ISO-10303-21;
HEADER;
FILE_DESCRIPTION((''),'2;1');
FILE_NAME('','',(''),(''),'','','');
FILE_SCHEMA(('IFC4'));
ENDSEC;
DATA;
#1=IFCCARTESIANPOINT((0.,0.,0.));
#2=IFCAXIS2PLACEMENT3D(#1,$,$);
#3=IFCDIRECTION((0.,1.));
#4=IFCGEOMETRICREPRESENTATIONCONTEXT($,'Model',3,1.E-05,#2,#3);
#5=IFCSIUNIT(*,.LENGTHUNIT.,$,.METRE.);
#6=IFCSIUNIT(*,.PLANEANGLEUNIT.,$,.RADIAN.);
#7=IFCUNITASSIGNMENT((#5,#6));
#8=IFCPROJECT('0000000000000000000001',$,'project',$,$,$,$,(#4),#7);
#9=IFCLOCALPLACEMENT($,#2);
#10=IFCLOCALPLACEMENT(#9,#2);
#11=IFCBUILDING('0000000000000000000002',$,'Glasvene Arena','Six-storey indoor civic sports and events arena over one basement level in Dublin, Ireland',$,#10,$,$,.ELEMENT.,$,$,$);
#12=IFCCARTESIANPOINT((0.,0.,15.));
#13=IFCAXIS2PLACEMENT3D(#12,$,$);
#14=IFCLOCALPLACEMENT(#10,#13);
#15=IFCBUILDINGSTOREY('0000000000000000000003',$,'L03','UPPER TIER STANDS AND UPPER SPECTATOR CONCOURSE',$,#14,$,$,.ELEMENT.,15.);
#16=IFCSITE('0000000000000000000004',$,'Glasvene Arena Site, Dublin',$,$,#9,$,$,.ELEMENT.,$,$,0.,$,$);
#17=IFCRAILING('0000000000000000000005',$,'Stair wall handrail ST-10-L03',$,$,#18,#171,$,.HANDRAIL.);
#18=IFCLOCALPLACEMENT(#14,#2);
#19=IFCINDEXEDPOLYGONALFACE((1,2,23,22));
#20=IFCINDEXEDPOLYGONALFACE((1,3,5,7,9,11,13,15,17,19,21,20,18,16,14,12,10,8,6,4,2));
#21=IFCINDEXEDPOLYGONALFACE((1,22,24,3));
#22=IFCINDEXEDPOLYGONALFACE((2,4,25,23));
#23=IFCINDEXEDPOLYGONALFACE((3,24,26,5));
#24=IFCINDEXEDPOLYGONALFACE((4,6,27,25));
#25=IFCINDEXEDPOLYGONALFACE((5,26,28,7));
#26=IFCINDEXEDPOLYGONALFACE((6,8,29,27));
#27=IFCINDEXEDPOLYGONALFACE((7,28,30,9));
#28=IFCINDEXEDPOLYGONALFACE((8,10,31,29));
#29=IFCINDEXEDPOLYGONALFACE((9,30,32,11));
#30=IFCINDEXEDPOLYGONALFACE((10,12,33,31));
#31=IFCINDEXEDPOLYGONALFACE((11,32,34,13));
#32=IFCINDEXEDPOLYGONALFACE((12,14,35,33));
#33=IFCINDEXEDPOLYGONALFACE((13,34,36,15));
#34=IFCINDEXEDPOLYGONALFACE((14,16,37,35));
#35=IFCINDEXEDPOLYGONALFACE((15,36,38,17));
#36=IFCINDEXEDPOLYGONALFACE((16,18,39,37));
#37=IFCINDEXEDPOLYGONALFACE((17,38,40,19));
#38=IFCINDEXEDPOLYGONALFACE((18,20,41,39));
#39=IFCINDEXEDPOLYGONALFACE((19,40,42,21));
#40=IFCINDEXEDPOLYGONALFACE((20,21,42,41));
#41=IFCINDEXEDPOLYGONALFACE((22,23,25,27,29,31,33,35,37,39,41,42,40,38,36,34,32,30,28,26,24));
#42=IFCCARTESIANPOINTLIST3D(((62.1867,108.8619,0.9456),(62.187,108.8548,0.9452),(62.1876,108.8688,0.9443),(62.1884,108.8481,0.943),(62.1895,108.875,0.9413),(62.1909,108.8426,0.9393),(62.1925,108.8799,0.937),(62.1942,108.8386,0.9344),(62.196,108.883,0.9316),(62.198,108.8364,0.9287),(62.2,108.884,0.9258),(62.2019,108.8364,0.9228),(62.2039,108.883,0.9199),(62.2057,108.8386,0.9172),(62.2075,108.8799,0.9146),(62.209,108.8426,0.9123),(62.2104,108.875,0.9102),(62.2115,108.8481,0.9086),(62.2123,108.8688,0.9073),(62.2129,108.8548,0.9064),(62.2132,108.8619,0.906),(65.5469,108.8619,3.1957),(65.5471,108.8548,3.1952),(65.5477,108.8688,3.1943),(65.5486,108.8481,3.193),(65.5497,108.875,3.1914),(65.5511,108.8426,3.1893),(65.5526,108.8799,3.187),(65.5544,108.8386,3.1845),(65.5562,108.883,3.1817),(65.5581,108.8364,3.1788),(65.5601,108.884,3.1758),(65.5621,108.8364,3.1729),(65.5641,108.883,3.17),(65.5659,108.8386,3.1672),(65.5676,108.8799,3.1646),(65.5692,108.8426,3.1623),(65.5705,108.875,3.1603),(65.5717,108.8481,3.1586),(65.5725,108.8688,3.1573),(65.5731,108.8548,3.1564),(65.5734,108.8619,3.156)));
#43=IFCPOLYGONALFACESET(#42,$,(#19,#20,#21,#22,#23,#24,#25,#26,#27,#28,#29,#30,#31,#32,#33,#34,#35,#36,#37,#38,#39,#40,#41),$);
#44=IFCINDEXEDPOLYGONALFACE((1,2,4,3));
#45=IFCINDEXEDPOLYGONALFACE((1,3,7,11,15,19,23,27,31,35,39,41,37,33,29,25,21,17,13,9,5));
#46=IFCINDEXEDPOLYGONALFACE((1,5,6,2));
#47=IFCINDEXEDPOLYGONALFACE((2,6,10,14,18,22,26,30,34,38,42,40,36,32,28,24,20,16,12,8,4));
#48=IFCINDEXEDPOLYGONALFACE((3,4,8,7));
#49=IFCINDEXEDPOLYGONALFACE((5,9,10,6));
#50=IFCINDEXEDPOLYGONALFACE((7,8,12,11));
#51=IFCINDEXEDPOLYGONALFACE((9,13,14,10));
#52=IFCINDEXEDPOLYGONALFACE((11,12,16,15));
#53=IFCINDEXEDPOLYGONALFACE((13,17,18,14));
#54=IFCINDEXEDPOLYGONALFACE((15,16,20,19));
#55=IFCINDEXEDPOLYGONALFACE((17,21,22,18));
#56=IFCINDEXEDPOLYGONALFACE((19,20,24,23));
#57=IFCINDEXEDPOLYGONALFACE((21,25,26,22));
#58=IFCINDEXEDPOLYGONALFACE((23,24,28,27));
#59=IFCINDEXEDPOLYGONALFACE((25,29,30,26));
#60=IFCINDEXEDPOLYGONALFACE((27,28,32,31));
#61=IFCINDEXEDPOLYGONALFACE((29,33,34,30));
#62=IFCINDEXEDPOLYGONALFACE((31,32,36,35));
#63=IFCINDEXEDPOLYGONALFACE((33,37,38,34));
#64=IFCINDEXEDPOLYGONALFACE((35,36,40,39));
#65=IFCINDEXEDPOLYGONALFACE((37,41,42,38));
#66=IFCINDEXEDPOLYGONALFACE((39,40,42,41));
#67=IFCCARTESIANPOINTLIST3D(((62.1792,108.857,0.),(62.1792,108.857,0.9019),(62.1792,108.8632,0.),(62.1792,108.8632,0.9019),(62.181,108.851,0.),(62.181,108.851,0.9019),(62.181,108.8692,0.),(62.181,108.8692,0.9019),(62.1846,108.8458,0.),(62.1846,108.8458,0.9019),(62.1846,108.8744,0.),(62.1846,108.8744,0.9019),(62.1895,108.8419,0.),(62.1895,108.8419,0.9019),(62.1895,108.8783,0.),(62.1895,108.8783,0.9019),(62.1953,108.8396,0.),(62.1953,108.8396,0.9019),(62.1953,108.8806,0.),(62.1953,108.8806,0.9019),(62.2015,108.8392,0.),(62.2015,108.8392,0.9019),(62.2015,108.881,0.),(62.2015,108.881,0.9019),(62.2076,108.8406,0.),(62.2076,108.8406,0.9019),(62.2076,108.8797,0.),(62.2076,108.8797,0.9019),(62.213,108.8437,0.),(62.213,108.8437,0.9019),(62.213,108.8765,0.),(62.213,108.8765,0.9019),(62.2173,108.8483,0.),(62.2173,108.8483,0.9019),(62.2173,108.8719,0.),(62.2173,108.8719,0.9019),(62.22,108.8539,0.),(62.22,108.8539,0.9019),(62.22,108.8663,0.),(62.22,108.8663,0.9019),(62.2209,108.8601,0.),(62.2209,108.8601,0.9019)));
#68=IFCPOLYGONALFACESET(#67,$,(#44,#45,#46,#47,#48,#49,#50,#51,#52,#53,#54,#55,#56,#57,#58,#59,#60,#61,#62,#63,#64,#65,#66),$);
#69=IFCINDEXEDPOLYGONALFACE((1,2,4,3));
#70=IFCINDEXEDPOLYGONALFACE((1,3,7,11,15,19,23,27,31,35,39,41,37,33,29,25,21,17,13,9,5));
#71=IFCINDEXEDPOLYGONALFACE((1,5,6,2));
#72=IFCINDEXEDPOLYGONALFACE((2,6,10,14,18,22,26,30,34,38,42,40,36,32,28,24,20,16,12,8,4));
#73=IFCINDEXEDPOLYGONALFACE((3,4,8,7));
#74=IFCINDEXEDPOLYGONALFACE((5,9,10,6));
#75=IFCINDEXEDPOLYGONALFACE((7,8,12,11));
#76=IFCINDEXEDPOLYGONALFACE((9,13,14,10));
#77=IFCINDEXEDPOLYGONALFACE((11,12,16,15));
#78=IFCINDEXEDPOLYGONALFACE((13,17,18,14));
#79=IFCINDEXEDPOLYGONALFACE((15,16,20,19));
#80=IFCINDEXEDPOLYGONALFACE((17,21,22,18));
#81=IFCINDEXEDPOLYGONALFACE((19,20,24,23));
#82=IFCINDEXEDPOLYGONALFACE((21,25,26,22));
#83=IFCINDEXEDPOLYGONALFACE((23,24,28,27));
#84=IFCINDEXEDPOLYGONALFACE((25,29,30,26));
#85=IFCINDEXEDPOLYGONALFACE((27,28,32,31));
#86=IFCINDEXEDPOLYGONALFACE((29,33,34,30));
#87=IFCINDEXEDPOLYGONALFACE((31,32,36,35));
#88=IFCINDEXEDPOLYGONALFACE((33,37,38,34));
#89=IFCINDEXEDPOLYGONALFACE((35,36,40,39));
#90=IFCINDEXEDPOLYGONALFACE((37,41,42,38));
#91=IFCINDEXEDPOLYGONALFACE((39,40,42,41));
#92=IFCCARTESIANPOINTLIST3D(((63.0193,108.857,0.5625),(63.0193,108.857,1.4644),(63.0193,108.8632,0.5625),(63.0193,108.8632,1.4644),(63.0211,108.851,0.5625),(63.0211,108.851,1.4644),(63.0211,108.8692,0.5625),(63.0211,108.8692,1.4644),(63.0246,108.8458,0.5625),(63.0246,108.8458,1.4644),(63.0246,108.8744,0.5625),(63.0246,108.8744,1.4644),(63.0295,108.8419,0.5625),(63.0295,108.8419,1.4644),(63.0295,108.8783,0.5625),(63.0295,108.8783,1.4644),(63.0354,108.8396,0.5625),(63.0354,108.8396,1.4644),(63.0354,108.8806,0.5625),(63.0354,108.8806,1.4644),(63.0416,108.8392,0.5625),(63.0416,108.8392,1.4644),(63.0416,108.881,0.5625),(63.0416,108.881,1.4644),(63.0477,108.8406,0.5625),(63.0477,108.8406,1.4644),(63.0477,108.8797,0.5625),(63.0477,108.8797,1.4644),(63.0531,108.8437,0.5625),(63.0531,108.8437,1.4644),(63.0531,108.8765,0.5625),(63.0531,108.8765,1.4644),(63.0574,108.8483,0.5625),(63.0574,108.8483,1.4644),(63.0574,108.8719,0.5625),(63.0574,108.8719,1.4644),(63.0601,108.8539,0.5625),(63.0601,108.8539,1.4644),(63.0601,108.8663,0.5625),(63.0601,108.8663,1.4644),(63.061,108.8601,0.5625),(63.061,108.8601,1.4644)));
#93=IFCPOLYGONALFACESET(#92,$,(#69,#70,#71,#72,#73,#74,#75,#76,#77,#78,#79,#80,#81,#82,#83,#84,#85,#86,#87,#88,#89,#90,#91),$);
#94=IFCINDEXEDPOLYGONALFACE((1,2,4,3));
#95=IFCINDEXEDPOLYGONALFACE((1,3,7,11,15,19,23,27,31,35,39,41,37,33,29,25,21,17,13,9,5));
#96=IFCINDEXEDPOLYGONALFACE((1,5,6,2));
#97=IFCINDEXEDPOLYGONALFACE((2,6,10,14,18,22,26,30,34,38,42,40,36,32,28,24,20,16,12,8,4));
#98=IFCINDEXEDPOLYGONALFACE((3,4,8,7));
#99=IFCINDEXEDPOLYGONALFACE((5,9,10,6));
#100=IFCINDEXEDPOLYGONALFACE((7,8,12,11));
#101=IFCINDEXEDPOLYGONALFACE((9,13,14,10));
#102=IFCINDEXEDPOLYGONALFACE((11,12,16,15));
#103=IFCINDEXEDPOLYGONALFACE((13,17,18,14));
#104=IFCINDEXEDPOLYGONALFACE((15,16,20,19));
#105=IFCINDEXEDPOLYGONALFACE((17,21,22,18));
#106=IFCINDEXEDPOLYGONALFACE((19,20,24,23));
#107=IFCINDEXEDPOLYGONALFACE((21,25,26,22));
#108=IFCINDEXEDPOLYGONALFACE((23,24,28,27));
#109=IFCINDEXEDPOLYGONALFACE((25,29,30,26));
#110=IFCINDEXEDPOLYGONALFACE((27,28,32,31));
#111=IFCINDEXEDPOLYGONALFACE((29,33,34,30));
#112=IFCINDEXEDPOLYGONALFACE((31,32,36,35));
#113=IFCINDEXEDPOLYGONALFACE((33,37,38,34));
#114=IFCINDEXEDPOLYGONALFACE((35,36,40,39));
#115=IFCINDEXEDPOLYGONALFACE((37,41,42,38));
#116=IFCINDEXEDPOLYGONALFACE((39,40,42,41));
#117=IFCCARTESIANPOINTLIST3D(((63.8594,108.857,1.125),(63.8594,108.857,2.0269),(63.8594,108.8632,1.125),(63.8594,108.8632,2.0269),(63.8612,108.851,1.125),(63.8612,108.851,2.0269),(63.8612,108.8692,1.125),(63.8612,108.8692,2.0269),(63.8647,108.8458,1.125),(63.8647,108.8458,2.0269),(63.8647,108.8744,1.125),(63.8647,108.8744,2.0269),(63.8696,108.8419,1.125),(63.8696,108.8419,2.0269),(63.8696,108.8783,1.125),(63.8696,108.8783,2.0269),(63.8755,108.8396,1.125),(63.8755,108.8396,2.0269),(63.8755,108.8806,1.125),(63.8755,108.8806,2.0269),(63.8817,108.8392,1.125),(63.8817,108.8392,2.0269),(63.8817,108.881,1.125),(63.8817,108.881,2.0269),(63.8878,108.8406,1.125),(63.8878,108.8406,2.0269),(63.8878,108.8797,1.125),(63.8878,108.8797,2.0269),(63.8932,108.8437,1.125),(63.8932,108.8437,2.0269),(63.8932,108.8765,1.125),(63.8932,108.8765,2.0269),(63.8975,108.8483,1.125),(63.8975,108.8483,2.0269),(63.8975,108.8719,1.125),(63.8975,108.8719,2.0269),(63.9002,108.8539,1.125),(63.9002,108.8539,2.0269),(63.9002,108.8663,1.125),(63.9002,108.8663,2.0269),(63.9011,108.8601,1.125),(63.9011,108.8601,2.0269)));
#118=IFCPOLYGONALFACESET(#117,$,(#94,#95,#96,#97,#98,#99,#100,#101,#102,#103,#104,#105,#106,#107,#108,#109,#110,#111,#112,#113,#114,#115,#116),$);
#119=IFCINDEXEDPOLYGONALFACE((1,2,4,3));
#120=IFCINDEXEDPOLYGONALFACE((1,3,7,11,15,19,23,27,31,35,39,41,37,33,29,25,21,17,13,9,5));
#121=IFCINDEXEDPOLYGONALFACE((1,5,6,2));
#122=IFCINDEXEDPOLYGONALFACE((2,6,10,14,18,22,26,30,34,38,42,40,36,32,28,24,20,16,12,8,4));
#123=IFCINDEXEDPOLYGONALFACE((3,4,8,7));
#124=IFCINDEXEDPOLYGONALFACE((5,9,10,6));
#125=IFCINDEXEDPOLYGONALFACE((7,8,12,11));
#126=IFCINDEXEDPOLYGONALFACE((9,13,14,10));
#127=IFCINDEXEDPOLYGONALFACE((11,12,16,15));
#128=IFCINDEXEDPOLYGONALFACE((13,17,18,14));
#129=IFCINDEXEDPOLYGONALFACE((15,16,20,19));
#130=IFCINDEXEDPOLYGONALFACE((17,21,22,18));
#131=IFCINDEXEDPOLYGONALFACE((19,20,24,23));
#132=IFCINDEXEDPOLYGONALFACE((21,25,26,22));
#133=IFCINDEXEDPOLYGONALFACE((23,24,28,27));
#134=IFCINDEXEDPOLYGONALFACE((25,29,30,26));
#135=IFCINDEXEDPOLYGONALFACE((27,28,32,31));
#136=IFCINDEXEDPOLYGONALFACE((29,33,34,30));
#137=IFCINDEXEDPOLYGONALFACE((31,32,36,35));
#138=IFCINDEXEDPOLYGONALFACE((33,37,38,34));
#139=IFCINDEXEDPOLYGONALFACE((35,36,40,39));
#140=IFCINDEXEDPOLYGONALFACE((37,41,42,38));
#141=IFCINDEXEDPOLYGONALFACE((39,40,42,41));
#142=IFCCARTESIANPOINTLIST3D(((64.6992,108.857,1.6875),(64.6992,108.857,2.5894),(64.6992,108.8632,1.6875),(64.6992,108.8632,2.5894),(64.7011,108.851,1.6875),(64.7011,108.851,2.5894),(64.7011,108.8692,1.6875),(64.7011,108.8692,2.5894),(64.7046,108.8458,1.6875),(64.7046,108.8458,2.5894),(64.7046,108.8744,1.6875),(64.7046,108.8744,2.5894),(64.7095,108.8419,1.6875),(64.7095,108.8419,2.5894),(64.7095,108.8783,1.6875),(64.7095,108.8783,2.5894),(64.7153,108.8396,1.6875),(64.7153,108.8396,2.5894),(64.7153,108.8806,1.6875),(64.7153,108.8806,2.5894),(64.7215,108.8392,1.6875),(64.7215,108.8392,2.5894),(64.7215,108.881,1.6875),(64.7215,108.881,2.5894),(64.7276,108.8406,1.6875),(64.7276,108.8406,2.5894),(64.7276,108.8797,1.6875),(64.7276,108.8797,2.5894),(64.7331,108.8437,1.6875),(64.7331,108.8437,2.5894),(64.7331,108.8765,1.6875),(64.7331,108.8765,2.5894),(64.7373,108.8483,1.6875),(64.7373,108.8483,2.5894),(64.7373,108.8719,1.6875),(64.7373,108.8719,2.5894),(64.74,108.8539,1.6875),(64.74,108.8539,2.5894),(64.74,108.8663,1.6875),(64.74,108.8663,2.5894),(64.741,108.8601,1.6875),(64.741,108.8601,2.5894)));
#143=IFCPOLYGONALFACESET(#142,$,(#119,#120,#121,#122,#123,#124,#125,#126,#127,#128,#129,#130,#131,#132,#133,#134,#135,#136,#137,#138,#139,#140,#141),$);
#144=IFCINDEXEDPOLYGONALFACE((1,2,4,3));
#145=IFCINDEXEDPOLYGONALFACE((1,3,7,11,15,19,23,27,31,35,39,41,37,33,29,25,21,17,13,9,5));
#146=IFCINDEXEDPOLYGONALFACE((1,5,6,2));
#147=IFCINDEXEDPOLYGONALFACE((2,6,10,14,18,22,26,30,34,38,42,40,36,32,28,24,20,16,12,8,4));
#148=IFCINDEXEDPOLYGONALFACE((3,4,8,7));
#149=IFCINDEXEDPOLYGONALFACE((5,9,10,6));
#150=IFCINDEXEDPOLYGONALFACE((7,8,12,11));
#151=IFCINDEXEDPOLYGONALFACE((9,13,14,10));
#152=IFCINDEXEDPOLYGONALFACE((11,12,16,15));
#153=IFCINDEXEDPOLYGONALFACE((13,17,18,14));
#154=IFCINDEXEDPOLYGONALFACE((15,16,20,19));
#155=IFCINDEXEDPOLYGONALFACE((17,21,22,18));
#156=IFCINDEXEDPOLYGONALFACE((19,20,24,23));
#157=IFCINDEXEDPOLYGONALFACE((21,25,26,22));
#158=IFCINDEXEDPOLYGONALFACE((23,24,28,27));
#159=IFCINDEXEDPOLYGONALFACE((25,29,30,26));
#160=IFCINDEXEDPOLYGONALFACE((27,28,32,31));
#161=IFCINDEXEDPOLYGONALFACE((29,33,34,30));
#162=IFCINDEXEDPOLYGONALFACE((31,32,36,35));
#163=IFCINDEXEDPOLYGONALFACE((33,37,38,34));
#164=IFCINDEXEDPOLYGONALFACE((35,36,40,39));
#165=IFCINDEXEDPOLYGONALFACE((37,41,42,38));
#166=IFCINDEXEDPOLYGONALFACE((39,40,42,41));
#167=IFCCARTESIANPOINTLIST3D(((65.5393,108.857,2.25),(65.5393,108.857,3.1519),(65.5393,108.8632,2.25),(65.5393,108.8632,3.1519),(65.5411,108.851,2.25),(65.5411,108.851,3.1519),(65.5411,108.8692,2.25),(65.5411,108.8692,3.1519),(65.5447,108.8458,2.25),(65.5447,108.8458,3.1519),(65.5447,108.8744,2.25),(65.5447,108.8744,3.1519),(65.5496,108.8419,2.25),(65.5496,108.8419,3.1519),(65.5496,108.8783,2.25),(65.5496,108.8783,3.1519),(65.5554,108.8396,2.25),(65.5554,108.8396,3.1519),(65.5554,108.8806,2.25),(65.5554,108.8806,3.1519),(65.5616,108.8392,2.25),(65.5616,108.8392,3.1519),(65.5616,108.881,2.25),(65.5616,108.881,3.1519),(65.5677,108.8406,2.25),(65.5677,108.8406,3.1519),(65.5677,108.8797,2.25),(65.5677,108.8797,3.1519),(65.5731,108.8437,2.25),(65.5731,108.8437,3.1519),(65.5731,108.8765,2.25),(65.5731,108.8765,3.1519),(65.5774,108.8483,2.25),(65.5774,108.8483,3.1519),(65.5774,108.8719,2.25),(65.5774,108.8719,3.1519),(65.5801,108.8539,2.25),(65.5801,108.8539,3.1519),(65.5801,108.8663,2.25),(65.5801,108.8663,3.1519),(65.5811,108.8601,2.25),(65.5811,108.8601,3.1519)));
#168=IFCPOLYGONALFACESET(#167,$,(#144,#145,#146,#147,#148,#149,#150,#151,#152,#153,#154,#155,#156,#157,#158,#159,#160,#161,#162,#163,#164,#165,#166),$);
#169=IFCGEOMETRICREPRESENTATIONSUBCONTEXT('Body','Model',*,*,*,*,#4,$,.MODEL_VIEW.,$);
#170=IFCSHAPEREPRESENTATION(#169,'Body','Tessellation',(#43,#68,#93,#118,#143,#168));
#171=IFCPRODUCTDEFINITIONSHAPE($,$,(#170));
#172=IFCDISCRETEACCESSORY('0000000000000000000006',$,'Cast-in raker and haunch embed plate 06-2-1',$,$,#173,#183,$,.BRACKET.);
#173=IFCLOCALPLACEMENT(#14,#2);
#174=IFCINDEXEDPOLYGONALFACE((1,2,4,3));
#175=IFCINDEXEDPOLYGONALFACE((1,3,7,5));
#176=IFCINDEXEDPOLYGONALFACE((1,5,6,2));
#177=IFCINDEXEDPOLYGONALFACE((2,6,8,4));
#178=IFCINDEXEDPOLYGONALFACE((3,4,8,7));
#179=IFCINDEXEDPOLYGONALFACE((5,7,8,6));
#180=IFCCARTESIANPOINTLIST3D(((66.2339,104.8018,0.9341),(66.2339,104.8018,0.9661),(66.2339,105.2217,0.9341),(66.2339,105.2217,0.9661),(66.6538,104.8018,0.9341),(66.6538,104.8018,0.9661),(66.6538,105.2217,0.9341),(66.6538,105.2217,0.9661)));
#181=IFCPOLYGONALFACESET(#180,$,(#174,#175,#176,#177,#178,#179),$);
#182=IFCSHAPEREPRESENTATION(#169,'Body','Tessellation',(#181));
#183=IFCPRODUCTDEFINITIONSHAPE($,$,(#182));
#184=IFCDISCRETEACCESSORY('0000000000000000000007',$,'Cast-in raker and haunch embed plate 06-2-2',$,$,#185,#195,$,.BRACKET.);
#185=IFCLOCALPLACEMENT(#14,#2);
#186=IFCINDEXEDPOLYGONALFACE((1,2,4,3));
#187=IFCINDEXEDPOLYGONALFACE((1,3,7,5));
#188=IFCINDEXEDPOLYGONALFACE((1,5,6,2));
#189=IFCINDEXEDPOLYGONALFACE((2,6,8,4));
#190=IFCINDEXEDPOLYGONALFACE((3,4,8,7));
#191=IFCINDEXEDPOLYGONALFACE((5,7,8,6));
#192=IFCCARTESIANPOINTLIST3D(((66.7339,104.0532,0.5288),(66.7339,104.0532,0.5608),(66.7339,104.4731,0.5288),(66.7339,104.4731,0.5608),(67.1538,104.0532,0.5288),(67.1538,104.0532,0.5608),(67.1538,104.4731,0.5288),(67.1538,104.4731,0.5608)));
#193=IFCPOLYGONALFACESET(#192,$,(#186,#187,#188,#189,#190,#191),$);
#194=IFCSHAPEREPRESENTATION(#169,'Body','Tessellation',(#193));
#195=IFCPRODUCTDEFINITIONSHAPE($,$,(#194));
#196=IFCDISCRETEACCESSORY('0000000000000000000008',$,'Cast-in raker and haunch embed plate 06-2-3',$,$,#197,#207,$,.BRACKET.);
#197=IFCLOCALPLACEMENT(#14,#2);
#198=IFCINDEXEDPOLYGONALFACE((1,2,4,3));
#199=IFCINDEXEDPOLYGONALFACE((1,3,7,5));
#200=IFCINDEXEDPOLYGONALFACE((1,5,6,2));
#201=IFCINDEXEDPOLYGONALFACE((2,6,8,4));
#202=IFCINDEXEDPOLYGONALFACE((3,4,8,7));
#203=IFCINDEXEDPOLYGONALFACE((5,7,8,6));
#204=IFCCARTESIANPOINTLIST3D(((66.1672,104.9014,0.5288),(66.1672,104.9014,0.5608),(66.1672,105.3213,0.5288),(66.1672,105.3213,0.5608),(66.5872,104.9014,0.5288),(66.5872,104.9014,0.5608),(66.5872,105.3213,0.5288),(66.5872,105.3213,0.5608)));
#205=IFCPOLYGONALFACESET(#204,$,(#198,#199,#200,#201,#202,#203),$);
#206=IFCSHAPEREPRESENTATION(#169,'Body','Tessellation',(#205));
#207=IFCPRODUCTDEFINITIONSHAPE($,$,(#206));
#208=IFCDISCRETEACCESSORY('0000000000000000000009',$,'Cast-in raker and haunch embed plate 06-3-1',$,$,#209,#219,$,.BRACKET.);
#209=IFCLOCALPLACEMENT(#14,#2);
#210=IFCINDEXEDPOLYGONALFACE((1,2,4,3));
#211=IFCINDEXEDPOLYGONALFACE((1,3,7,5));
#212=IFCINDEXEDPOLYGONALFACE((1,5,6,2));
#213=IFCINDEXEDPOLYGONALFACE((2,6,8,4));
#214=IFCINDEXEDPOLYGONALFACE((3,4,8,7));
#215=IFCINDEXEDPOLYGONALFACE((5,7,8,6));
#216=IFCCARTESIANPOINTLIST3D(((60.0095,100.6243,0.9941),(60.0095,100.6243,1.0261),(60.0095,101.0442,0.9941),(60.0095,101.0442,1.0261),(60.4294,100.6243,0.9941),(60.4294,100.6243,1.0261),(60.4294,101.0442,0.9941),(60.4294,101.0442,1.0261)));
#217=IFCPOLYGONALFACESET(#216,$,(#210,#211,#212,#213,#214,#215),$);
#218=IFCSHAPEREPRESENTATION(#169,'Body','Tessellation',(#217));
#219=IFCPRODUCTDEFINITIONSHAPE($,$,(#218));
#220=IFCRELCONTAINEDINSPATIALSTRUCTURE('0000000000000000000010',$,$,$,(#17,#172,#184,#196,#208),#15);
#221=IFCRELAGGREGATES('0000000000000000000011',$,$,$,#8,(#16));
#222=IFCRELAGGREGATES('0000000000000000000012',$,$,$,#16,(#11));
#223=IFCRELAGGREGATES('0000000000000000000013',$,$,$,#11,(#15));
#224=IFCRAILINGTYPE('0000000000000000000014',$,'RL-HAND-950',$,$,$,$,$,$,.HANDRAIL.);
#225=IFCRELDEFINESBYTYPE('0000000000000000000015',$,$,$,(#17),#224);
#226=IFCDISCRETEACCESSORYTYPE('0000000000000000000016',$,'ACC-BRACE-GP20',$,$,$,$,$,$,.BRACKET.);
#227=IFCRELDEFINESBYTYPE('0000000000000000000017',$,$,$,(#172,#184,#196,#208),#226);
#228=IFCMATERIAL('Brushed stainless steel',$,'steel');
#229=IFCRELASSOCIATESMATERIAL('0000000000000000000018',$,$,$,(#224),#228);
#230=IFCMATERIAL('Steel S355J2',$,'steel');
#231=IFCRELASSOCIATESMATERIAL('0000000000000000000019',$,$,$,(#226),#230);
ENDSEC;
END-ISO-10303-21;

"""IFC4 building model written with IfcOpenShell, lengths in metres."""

from ifc_helpers import new_model, si_unit, direction, frame, origin, origin_2d, place, context, subcontext, project, spatial, rectangle, circle, extrude, material, type_object, element, save


model = new_model("IFC4")

# Units and contexts
model_context = context("Model", 3, precision=1e-05, world=origin(), true_north=direction((0.0, 1.0)))
body_context = subcontext(model_context, "Body", "Model", "MODEL_VIEW")
ifc_project = project(units=[si_unit("LENGTHUNIT", "METRE"), si_unit("PLANEANGLEUNIT", "RADIAN")], contexts=[model_context])

# Site, building, storey
site_placement = place(None, origin())
site = spatial("IfcSite", under=ifc_project, at=site_placement, Name="Glasvene Arena Site, Dublin", CompositionType="ELEMENT", RefElevation=0.0)
building_placement = place(site_placement, origin())
building = spatial("IfcBuilding", under=site, at=building_placement, Name="Glasvene Arena", Description="Six-storey indoor civic sports and events arena over one basement level in Dublin, Ireland", CompositionType="ELEMENT")
storey_placement = place(building_placement, frame((0.0, 0.0, 15.0)))
storey = spatial("IfcBuildingStorey", under=building, at=storey_placement, Name="L03", Description="UPPER TIER STANDS AND UPPER SPECTATOR CONCOURSE", CompositionType="ELEMENT", Elevation=15.0)

# Shared definitions
ifc_material_1 = material(Name="Steel S355J2", Category="steel")

# Railing
ifc_material_2 = material(Name="Brushed stainless steel", Category="steel")
railing_type_1 = type_object("IfcRailingType", Name="RL-HAND-950", PredefinedType="HANDRAIL", material=ifc_material_2)
railing_1_placement = place(storey_placement, frame((62.2, 108.8601, 0.0)))
element("IfcRailing", 1, at=railing_1_placement, inside=storey, type_object=railing_type_1, Name="Stair wall handrail ST-10-L03", PredefinedType="HANDRAIL", context=body_context, shape_type="SweptSolid", body=[
    extrude(circle(Radius=0.0239, at=origin_2d()), frame((0.0, 0.0, 0.9258), z_axis=(0.830915, 0.0, 0.556399), x_axis=(0.0, 1.0, 0.0)), (0.0, 0.0, 1.0), 4.0439),
    extrude(circle(Radius=0.021, at=origin_2d()), origin(), (0.0, 0.0, 1.0), 0.9019),
    extrude(circle(Radius=0.021, at=origin_2d()), frame((0.8401, 0.0, 0.5625)), (0.0, 0.0, 1.0), 0.9019),
    extrude(circle(Radius=0.021, at=origin_2d()), frame((1.6802, 0.0, 1.125)), (0.0, 0.0, 1.0), 0.9019),
    extrude(circle(Radius=0.021, at=origin_2d()), frame((2.52, 0.0, 1.6875)), (0.0, 0.0, 1.0), 0.9019),
    extrude(circle(Radius=0.021, at=origin_2d()), frame((3.3601, 0.0, 2.25)), (0.0, 0.0, 1.0), 0.9019),
])

# Discrete accessories
discrete_accessory_type = type_object("IfcDiscreteAccessoryType", Name="ACC-BRACE-GP20", PredefinedType="BRACKET", material=ifc_material_1)
for number, where, z_axis, x_axis, name in (
    (2, (66.4438, 105.0117, 0.9341), (0.0, 0.0, 1.0), (1.0, 0.0, 0.0), "Cast-in raker and haunch embed plate 06-2-1"),
    (3, (66.9438, 104.2632, 0.5288), (0.0, 0.0, 1.0), (1.0, 0.0, 0.0), "Cast-in raker and haunch embed plate 06-2-2"),
    (4, (66.3772, 105.1113, 0.5288), (0.0, 0.0, 1.0), (1.0, 0.0, 0.0), "Cast-in raker and haunch embed plate 06-2-3"),
    (5, (60.2195, 100.8342, 0.9941), (0.0, 0.0, 1.0), (1.0, 0.0, 0.0), "Cast-in raker and haunch embed plate 06-3-1"),
):
    element("IfcDiscreteAccessory", number, at=place(storey_placement, frame(where, z_axis=z_axis, x_axis=x_axis)), inside=storey, type_object=discrete_accessory_type, Name=name, PredefinedType="BRACKET", context=body_context, shape_type="SweptSolid", body=[
        extrude(rectangle(XDim=0.4199, YDim=0.4199, at=origin_2d()), origin(), (0.0, 0.0, 1.0), 0.032),
    ])

save(model, "model.ifc")
